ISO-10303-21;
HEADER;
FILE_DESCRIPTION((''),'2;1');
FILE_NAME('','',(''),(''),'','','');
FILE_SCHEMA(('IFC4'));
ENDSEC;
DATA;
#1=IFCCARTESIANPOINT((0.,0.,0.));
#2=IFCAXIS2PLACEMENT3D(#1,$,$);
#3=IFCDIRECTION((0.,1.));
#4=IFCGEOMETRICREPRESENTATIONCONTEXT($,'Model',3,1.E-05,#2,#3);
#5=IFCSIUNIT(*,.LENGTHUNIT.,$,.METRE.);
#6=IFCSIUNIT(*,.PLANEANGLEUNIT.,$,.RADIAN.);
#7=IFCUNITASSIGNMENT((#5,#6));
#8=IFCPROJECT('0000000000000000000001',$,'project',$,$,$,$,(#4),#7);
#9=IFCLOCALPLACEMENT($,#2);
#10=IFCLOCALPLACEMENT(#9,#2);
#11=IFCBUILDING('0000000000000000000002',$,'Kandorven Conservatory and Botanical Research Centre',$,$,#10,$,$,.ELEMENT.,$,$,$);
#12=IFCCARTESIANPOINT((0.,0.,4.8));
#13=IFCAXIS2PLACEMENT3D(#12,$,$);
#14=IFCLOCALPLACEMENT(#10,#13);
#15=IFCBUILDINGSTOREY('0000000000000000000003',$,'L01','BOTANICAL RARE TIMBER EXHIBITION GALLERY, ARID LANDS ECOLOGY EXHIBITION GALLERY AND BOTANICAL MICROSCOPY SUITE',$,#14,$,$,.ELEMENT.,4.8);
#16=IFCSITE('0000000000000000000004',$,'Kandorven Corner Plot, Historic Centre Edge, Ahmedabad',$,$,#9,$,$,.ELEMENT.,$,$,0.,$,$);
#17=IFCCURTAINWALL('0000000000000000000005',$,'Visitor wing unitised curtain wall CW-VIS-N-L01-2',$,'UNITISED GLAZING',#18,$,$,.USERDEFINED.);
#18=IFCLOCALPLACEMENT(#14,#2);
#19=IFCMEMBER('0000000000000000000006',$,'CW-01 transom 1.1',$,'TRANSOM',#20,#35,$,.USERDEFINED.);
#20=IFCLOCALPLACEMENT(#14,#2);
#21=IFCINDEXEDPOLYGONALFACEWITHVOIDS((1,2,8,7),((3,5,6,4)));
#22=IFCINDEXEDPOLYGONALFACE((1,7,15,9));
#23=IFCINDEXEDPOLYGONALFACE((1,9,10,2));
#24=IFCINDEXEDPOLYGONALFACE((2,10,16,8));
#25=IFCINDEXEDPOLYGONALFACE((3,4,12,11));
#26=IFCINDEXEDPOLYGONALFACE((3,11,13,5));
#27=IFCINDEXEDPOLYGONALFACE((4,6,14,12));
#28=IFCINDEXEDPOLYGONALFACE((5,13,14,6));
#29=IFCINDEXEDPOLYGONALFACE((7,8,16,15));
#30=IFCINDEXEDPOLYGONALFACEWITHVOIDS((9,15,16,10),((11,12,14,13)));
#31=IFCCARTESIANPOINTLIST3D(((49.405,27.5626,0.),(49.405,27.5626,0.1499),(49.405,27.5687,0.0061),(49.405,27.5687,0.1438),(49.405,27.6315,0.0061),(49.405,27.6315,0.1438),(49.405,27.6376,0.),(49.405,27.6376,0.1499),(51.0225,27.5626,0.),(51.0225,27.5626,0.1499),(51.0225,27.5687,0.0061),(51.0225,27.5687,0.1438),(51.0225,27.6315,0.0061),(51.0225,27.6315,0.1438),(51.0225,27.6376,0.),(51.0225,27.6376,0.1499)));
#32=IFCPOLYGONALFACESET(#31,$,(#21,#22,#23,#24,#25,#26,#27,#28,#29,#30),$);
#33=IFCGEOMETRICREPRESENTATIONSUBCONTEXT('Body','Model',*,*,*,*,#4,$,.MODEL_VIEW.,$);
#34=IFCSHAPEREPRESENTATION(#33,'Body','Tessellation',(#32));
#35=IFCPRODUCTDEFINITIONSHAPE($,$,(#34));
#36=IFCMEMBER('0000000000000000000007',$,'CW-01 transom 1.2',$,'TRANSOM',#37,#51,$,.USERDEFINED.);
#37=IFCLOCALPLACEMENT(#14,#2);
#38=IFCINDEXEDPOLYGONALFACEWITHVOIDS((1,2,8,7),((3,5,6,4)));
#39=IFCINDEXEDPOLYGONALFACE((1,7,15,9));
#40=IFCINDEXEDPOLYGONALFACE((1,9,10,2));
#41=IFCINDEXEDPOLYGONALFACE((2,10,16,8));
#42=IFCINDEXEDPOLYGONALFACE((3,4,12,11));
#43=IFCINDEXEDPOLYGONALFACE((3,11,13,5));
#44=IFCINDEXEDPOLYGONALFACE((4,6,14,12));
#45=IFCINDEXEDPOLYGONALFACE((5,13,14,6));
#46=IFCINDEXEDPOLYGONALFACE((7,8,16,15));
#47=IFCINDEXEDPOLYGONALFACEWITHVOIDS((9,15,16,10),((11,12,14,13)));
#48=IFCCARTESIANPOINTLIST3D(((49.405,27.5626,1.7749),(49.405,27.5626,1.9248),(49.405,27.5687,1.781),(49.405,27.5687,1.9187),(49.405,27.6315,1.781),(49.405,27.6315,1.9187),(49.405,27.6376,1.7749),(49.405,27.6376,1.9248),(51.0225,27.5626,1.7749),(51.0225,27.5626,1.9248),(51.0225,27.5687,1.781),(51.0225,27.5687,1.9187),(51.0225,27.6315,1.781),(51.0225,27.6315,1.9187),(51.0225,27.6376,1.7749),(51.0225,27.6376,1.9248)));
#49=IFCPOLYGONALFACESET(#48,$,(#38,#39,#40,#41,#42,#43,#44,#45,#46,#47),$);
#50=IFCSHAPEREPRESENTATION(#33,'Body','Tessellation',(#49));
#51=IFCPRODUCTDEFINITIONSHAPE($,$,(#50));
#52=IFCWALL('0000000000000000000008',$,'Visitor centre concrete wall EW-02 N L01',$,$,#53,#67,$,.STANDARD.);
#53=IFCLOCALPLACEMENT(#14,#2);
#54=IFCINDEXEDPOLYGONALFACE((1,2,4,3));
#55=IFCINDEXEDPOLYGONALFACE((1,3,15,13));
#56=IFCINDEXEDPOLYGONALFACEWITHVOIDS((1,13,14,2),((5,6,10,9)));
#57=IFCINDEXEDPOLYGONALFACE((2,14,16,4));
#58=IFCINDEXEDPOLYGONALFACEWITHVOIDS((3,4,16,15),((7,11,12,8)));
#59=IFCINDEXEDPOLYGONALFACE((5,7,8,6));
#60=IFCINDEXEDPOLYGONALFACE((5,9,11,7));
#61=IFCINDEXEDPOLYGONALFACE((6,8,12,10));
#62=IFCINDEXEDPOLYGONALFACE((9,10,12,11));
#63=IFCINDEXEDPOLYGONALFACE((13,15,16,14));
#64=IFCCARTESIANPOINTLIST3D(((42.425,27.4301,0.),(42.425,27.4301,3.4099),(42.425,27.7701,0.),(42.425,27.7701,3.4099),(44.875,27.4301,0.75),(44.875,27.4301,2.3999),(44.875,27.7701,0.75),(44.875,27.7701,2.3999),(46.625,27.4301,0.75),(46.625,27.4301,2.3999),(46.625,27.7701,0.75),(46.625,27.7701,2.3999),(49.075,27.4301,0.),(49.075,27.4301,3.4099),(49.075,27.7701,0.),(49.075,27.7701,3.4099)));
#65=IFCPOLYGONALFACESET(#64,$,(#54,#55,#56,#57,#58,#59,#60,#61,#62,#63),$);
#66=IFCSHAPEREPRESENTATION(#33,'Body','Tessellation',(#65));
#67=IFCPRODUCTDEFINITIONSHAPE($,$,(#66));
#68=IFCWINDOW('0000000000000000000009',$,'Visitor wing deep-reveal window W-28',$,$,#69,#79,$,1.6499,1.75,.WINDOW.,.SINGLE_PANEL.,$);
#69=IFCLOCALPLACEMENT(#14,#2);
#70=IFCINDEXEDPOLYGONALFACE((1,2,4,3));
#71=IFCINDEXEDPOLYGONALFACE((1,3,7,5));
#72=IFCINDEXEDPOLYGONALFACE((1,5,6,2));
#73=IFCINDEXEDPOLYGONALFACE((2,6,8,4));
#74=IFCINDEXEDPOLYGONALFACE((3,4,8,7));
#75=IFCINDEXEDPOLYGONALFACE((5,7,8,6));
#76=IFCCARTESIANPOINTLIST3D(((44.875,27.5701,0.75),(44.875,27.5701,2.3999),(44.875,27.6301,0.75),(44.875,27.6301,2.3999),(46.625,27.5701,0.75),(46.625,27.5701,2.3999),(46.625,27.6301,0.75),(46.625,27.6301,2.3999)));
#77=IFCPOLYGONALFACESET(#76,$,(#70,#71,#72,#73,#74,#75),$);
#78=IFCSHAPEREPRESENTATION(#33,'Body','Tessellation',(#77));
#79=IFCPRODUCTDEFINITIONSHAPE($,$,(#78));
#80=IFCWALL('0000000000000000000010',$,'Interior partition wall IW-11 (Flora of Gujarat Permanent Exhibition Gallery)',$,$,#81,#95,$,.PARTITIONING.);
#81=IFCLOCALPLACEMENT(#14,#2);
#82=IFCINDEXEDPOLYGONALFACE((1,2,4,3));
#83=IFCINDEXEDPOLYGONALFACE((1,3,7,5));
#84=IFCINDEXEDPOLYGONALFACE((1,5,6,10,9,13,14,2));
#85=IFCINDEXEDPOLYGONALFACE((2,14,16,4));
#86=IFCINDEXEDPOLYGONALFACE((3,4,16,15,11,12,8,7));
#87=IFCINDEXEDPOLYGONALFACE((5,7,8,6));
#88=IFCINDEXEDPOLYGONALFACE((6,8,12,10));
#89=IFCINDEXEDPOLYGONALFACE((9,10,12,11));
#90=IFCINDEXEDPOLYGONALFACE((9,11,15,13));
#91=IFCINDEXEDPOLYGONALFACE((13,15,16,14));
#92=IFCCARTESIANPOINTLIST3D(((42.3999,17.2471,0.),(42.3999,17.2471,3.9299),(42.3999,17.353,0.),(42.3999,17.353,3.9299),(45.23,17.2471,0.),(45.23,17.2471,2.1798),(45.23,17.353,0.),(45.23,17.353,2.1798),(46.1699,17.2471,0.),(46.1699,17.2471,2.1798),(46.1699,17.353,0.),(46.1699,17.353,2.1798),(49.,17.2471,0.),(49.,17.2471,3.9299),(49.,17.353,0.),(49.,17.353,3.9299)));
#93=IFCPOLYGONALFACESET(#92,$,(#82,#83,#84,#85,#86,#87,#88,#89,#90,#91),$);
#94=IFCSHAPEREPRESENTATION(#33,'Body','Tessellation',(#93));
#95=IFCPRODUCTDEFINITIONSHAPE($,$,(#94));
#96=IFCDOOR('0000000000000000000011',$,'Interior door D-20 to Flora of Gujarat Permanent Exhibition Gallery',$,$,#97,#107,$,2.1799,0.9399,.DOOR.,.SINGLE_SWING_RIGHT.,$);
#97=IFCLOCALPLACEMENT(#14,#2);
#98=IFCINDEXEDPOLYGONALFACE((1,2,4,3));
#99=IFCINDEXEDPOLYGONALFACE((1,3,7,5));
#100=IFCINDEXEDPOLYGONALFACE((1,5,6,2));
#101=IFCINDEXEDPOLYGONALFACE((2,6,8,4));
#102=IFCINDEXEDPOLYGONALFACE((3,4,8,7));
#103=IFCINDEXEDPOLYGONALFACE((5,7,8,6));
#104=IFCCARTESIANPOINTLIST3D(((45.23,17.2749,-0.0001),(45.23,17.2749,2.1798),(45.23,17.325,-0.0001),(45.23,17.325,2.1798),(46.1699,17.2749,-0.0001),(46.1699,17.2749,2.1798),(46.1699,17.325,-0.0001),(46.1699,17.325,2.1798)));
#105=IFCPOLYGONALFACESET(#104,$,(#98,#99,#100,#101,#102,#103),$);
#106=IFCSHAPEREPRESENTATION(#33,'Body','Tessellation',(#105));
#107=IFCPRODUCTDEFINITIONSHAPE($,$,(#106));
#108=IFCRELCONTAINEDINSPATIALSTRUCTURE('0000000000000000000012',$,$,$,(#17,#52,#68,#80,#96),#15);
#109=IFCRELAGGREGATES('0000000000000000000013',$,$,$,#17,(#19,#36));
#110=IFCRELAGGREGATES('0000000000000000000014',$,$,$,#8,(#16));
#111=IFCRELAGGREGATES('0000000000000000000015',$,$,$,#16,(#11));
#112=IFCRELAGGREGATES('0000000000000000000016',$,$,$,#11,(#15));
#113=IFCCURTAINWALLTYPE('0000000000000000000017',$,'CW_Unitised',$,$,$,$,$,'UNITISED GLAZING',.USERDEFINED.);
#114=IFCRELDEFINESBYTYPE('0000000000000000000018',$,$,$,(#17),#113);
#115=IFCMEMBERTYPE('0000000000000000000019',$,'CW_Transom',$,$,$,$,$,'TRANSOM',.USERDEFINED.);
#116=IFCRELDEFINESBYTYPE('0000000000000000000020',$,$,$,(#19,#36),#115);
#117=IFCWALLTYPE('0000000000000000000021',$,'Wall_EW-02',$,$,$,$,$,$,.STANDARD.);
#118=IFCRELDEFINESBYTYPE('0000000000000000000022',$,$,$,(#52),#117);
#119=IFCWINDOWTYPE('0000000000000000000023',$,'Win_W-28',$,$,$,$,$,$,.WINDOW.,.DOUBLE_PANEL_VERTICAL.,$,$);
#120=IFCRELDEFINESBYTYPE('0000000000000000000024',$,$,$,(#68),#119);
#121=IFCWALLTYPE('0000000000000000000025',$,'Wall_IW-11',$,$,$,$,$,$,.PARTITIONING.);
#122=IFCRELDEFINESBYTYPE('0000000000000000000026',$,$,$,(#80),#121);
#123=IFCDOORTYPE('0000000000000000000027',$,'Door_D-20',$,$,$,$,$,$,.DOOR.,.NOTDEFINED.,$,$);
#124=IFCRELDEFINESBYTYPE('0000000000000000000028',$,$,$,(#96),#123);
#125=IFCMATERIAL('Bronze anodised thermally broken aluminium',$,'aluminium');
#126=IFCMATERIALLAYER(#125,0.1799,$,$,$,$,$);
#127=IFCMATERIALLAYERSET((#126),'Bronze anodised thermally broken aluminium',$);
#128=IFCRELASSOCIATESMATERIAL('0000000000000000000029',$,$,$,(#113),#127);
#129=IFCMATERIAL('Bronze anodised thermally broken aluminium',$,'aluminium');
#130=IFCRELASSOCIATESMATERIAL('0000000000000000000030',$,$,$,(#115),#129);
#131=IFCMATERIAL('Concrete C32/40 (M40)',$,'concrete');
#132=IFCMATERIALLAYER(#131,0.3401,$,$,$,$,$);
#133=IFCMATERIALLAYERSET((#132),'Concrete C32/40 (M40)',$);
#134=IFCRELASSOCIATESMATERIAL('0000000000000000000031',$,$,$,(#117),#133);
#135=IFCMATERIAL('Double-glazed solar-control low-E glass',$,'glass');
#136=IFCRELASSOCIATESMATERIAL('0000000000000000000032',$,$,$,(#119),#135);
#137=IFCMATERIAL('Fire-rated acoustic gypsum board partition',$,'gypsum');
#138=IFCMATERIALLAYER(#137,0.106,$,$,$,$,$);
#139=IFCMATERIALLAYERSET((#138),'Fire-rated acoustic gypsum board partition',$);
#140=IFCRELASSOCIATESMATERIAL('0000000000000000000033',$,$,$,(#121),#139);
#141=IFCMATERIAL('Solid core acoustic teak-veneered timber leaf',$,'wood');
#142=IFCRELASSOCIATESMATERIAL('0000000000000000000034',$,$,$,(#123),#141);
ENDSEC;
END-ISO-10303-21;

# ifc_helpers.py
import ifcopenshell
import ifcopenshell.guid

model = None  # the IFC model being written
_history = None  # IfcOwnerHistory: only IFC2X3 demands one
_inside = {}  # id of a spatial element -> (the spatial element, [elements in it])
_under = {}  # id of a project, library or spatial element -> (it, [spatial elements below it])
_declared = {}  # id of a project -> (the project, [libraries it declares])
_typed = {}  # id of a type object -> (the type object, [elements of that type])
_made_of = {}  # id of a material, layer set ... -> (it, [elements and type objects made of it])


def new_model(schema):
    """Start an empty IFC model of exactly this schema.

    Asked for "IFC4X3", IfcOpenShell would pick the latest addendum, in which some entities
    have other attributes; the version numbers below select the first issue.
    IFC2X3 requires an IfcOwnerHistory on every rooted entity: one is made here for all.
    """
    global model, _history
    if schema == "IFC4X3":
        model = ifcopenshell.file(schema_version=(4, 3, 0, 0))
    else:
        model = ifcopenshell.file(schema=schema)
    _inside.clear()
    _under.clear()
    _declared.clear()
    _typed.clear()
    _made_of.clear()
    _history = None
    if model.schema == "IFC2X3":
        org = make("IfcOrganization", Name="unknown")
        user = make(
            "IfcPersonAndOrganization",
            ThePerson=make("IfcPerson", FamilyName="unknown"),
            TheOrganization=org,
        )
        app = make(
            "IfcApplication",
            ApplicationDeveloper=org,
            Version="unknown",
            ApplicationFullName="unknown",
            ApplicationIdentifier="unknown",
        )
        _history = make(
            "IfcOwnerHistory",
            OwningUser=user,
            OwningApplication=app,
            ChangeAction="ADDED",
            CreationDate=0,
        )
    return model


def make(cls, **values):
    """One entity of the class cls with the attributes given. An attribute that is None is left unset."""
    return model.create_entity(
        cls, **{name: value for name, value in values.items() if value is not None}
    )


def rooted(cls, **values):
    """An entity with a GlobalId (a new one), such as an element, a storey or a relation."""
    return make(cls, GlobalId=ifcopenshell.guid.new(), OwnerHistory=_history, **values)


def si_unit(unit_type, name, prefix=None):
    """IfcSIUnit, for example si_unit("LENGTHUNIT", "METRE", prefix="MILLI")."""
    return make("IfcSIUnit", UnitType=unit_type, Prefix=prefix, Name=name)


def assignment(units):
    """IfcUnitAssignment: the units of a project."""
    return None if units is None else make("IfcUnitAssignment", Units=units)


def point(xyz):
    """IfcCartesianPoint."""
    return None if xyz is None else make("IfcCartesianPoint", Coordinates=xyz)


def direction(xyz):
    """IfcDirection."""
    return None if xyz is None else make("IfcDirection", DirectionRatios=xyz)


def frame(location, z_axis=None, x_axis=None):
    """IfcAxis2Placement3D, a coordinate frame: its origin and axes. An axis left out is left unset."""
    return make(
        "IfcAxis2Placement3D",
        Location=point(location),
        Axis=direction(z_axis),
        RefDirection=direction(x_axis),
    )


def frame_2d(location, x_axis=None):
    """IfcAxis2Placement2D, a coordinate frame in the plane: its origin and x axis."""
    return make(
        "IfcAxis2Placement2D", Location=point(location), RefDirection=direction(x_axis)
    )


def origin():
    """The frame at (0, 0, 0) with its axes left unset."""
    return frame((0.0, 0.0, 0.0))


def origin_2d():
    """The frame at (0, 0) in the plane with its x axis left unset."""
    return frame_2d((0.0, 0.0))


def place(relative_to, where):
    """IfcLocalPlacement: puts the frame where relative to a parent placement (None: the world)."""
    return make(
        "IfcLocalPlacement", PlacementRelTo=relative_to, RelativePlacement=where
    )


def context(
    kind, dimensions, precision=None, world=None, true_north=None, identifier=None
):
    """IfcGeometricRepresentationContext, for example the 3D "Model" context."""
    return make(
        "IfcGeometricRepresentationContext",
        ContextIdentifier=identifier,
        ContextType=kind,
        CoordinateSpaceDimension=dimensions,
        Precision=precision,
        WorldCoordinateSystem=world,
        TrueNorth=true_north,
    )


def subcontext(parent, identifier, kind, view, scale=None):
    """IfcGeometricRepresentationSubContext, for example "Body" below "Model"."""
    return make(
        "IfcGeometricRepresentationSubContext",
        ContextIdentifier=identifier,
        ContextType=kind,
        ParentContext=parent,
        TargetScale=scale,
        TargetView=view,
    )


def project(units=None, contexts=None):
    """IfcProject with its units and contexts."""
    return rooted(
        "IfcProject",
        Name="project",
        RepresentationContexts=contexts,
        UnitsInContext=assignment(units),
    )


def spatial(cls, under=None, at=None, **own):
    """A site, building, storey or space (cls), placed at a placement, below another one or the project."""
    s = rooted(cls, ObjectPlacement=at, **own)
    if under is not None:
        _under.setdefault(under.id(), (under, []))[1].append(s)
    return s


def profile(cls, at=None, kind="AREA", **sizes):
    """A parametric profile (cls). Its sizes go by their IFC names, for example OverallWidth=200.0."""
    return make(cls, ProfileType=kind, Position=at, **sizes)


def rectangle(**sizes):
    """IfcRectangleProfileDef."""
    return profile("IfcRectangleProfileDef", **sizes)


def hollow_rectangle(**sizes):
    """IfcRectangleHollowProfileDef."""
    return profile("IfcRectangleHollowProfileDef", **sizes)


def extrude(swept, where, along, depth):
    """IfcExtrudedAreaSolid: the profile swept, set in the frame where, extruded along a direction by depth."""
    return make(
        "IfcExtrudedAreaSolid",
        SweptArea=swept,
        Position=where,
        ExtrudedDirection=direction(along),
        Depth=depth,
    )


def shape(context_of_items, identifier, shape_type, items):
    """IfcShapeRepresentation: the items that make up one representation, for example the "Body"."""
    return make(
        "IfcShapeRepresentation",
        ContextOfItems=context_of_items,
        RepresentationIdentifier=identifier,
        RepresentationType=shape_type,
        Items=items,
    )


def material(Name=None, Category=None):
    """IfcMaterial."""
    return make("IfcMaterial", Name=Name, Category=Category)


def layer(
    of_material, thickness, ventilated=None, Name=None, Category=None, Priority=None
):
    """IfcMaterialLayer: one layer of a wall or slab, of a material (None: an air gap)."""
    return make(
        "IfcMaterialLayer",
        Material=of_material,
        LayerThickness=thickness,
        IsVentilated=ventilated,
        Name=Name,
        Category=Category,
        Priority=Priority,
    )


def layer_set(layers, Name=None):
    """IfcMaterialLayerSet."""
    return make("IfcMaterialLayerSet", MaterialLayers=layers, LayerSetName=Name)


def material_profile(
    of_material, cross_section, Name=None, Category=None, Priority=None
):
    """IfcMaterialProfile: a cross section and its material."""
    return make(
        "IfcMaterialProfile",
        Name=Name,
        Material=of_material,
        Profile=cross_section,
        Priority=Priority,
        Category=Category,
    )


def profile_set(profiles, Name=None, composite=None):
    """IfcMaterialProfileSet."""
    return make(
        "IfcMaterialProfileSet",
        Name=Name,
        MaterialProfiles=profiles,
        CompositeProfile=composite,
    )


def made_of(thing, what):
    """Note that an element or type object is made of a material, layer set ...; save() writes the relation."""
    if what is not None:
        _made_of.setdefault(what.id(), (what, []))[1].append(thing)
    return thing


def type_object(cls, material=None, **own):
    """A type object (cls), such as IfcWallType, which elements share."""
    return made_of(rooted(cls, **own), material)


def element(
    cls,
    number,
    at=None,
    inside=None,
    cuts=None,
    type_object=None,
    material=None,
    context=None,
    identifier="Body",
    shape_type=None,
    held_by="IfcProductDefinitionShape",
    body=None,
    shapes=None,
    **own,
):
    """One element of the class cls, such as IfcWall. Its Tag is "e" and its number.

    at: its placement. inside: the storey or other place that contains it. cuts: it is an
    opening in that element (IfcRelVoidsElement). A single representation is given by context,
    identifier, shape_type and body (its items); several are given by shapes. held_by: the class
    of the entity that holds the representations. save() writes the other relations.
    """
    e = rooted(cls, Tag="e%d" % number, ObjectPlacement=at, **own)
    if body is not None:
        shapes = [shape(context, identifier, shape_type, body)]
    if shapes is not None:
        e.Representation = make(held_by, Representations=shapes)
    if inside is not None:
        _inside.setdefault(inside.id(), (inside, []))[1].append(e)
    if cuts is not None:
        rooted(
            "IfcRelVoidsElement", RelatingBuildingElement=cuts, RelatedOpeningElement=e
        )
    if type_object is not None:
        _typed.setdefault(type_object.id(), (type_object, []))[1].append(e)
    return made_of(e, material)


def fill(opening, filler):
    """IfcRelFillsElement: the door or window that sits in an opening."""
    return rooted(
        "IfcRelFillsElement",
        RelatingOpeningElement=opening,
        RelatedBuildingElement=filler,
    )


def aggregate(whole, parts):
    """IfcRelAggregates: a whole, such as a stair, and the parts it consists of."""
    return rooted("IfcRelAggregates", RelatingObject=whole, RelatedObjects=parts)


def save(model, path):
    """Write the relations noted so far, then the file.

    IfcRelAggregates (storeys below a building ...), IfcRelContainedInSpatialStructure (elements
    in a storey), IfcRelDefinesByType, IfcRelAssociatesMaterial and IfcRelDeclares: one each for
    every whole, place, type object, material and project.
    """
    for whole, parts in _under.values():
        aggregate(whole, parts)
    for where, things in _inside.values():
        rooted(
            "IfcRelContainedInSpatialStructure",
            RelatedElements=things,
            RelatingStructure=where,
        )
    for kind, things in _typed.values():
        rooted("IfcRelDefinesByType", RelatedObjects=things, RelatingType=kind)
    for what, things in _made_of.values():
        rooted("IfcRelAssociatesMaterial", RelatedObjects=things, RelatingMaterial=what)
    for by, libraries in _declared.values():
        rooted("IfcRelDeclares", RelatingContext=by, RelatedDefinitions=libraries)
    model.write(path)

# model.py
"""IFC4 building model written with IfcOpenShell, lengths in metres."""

from ifc_helpers import new_model, si_unit, direction, frame, frame_2d, origin, origin_2d, place, context, subcontext, project, spatial, rectangle, hollow_rectangle, extrude, material, layer, layer_set, material_profile, profile_set, type_object, element, fill, aggregate, save


model = new_model("IFC4")

# Units and contexts
model_context = context("Model", 3, precision=1e-05, world=origin(), true_north=direction((0.0, 1.0)))
body_context = subcontext(model_context, "Body", "Model", "MODEL_VIEW")
ifc_project = project(units=[si_unit("LENGTHUNIT", "METRE"), si_unit("PLANEANGLEUNIT", "RADIAN")], contexts=[model_context])

# Site, building, storey
site_placement = place(None, origin())
site = spatial("IfcSite", under=ifc_project, at=site_placement, Name="Kandorven Corner Plot, Historic Centre Edge, Ahmedabad", CompositionType="ELEMENT", RefElevation=0.0)
building_placement = place(site_placement, origin())
building = spatial("IfcBuilding", under=site, at=building_placement, Name="Kandorven Conservatory and Botanical Research Centre", CompositionType="ELEMENT")
storey_placement = place(building_placement, frame((0.0, 0.0, 4.8)))
storey = spatial("IfcBuildingStorey", under=building, at=storey_placement, Name="L01", Description="BOTANICAL RARE TIMBER EXHIBITION GALLERY, ARID LANDS ECOLOGY EXHIBITION GALLERY AND BOTANICAL MICROSCOPY SUITE", CompositionType="ELEMENT", Elevation=4.8)

# Curtain wall, members
ifc_material_1 = material(Name="Bronze anodised thermally broken aluminium", Category="aluminium")
ifc_layer_1 = layer(ifc_material_1, 0.1799)
ifc_layer_set_1 = layer_set([ifc_layer_1], Name="Bronze anodised thermally broken aluminium")
curtain_wall_type = type_object("IfcCurtainWallType", Name="CW_Unitised", ElementType="UNITISED GLAZING", PredefinedType="USERDEFINED", material=ifc_layer_set_1)
curtain_wall_placement = place(storey_placement, origin())
curtain_wall = element("IfcCurtainWall", 1, at=curtain_wall_placement, inside=storey, type_object=curtain_wall_type, Name="Visitor wing unitised curtain wall CW-VIS-N-L01-2", ObjectType="UNITISED GLAZING", PredefinedType="USERDEFINED")
ifc_material_2 = material(Name="Bronze anodised thermally broken aluminium", Category="aluminium")
ifc_material_profile_1 = material_profile(ifc_material_2, hollow_rectangle(XDim=0.075, YDim=0.1499, WallThickness=0.0061, at=origin_2d()))
ifc_profile_set_1 = profile_set([ifc_material_profile_1], Name="Bronze anodised thermally broken aluminium")
member_type_1 = type_object("IfcMemberType", Name="CW_Transom", ElementType="TRANSOM", PredefinedType="USERDEFINED", material=ifc_profile_set_1)
member_1_placement = place(storey_placement, frame((49.405, 27.6001, 0.075), z_axis=(1.0, 0.0, 0.0), x_axis=(0.0, 1.0, 0.0)))
member_1 = element("IfcMember", 2, at=member_1_placement, type_object=member_type_1, Name="CW-01 transom 1.1", ObjectType="TRANSOM", PredefinedType="USERDEFINED", context=body_context, shape_type="SweptSolid", body=[
    extrude(hollow_rectangle(XDim=0.075, YDim=0.1499, WallThickness=0.0061, at=origin_2d()), origin(), (0.0, 0.0, 1.0), 1.6174),
])
member_2_placement = place(storey_placement, frame((49.405, 27.6001, 1.8499), z_axis=(1.0, 0.0, 0.0), x_axis=(0.0, 1.0, 0.0)))
member_2 = element("IfcMember", 3, at=member_2_placement, type_object=member_type_1, Name="CW-01 transom 1.2", ObjectType="TRANSOM", PredefinedType="USERDEFINED", context=body_context, shape_type="SweptSolid", body=[
    extrude(hollow_rectangle(XDim=0.075, YDim=0.1499, WallThickness=0.0061, at=origin_2d()), origin(), (0.0, 0.0, 1.0), 1.6174),
])
aggregate(curtain_wall, [member_1, member_2])

# Wall, opening, window
ifc_material_3 = material(Name="Concrete C32/40 (M40)", Category="concrete")
ifc_layer_2 = layer(ifc_material_3, 0.3401)
ifc_layer_set_2 = layer_set([ifc_layer_2], Name="Concrete C32/40 (M40)")
wall_type_1 = type_object("IfcWallType", Name="Wall_EW-02", PredefinedType="STANDARD", material=ifc_layer_set_2)
wall_1_placement = place(storey_placement, frame((42.425, 27.6001, 0.0), z_axis=(0.0, 0.0, 1.0), x_axis=(1.0, 0.0, 0.0)))
wall_1 = element("IfcWall", 4, at=wall_1_placement, inside=storey, type_object=wall_type_1, Name="Visitor centre concrete wall EW-02 N L01", PredefinedType="STANDARD", context=body_context, shape_type="SweptSolid", body=[
    extrude(rectangle(XDim=6.6499, YDim=0.3401, at=frame_2d((3.325, 0.0))), origin(), (0.0, 0.0, 1.0), 3.4099),
])
opening_1_placement = place(wall_1_placement, frame((2.45, 0.0, 0.75)))
opening_1 = element("IfcOpeningElement", 5, at=opening_1_placement, cuts=wall_1, PredefinedType="OPENING", context=body_context, shape_type="SweptSolid", body=[
    extrude(rectangle(XDim=1.75, YDim=1.6499, at=frame_2d((0.875, 0.825))), frame((0.0, 0.1799, 0.0), z_axis=(0.0, -1.0, 0.0), x_axis=(1.0, 0.0, 0.0)), (0.0, 0.0, 1.0), 0.3601),
])
ifc_material_4 = material(Name="Double-glazed solar-control low-E glass", Category="glass")
window_type = type_object("IfcWindowType", Name="Win_W-28", PartitioningType="DOUBLE_PANEL_VERTICAL", PredefinedType="WINDOW", material=ifc_material_4)
window_placement = place(opening_1_placement, origin())
window = element("IfcWindow", 6, at=window_placement, inside=storey, type_object=window_type, Name="Visitor wing deep-reveal window W-28", OverallHeight=1.6499, OverallWidth=1.75, PartitioningType="SINGLE_PANEL", PredefinedType="WINDOW", context=body_context, shape_type="SweptSolid", body=[
    extrude(rectangle(XDim=1.75, YDim=1.6499, at=frame_2d((0.875, 0.825))), frame((0.0, 0.03, 0.0), z_axis=(0.0, -1.0, 0.0), x_axis=(1.0, 0.0, 0.0)), (0.0, 0.0, 1.0), 0.0601),
])
fill(opening_1, window)

# Wall, opening, door
ifc_material_5 = material(Name="Fire-rated acoustic gypsum board partition", Category="gypsum")
ifc_layer_3 = layer(ifc_material_5, 0.106)
ifc_layer_set_3 = layer_set([ifc_layer_3], Name="Fire-rated acoustic gypsum board partition")
wall_type_2 = type_object("IfcWallType", Name="Wall_IW-11", PredefinedType="PARTITIONING", material=ifc_layer_set_3)
wall_2_placement = place(storey_placement, frame((42.3999, 17.3, 0.0), z_axis=(0.0, 0.0, 1.0), x_axis=(1.0, 0.0, 0.0)))
wall_2 = element("IfcWall", 7, at=wall_2_placement, inside=storey, type_object=wall_type_2, Name="Interior partition wall IW-11 (Flora of Gujarat Permanent Exhibition Gallery)", PredefinedType="PARTITIONING", context=body_context, shape_type="SweptSolid", body=[
    extrude(rectangle(XDim=6.6001, YDim=0.106, at=frame_2d((3.3, 0.0))), origin(), (0.0, 0.0, 1.0), 3.9299),
])
opening_2_placement = place(wall_2_placement, frame((2.8301, 0.0, 0.0)))
opening_2 = element("IfcOpeningElement", 8, at=opening_2_placement, cuts=wall_2, PredefinedType="OPENING", context=body_context, shape_type="SweptSolid", body=[
    extrude(rectangle(XDim=0.9399, YDim=2.1799, at=frame_2d((0.47, 1.0898))), frame((0.0, 0.063, 0.0), z_axis=(0.0, -1.0, 0.0), x_axis=(1.0, 0.0, 0.0)), (0.0, 0.0, 1.0), 0.126),
])
ifc_material_6 = material(Name="Solid core acoustic teak-veneered timber leaf", Category="wood")
door_type = type_object("IfcDoorType", Name="Door_D-20", OperationType="NOTDEFINED", PredefinedType="DOOR", material=ifc_material_6)
door_placement = place(opening_2_placement, origin())
door = element("IfcDoor", 9, at=door_placement, inside=storey, type_object=door_type, Name="Interior door D-20 to Flora of Gujarat Permanent Exhibition Gallery", OperationType="SINGLE_SWING_RIGHT", OverallHeight=2.1799, OverallWidth=0.9399, PredefinedType="DOOR", context=body_context, shape_type="SweptSolid", body=[
    extrude(rectangle(XDim=0.9399, YDim=2.1799, at=frame_2d((0.47, 1.0898))), frame((0.0, 0.0249, 0.0), z_axis=(0.0, -1.0, 0.0), x_axis=(1.0, 0.0, 0.0)), (0.0, 0.0, 1.0), 0.05),
])
fill(opening_2, door)

save(model, "model.ifc")
